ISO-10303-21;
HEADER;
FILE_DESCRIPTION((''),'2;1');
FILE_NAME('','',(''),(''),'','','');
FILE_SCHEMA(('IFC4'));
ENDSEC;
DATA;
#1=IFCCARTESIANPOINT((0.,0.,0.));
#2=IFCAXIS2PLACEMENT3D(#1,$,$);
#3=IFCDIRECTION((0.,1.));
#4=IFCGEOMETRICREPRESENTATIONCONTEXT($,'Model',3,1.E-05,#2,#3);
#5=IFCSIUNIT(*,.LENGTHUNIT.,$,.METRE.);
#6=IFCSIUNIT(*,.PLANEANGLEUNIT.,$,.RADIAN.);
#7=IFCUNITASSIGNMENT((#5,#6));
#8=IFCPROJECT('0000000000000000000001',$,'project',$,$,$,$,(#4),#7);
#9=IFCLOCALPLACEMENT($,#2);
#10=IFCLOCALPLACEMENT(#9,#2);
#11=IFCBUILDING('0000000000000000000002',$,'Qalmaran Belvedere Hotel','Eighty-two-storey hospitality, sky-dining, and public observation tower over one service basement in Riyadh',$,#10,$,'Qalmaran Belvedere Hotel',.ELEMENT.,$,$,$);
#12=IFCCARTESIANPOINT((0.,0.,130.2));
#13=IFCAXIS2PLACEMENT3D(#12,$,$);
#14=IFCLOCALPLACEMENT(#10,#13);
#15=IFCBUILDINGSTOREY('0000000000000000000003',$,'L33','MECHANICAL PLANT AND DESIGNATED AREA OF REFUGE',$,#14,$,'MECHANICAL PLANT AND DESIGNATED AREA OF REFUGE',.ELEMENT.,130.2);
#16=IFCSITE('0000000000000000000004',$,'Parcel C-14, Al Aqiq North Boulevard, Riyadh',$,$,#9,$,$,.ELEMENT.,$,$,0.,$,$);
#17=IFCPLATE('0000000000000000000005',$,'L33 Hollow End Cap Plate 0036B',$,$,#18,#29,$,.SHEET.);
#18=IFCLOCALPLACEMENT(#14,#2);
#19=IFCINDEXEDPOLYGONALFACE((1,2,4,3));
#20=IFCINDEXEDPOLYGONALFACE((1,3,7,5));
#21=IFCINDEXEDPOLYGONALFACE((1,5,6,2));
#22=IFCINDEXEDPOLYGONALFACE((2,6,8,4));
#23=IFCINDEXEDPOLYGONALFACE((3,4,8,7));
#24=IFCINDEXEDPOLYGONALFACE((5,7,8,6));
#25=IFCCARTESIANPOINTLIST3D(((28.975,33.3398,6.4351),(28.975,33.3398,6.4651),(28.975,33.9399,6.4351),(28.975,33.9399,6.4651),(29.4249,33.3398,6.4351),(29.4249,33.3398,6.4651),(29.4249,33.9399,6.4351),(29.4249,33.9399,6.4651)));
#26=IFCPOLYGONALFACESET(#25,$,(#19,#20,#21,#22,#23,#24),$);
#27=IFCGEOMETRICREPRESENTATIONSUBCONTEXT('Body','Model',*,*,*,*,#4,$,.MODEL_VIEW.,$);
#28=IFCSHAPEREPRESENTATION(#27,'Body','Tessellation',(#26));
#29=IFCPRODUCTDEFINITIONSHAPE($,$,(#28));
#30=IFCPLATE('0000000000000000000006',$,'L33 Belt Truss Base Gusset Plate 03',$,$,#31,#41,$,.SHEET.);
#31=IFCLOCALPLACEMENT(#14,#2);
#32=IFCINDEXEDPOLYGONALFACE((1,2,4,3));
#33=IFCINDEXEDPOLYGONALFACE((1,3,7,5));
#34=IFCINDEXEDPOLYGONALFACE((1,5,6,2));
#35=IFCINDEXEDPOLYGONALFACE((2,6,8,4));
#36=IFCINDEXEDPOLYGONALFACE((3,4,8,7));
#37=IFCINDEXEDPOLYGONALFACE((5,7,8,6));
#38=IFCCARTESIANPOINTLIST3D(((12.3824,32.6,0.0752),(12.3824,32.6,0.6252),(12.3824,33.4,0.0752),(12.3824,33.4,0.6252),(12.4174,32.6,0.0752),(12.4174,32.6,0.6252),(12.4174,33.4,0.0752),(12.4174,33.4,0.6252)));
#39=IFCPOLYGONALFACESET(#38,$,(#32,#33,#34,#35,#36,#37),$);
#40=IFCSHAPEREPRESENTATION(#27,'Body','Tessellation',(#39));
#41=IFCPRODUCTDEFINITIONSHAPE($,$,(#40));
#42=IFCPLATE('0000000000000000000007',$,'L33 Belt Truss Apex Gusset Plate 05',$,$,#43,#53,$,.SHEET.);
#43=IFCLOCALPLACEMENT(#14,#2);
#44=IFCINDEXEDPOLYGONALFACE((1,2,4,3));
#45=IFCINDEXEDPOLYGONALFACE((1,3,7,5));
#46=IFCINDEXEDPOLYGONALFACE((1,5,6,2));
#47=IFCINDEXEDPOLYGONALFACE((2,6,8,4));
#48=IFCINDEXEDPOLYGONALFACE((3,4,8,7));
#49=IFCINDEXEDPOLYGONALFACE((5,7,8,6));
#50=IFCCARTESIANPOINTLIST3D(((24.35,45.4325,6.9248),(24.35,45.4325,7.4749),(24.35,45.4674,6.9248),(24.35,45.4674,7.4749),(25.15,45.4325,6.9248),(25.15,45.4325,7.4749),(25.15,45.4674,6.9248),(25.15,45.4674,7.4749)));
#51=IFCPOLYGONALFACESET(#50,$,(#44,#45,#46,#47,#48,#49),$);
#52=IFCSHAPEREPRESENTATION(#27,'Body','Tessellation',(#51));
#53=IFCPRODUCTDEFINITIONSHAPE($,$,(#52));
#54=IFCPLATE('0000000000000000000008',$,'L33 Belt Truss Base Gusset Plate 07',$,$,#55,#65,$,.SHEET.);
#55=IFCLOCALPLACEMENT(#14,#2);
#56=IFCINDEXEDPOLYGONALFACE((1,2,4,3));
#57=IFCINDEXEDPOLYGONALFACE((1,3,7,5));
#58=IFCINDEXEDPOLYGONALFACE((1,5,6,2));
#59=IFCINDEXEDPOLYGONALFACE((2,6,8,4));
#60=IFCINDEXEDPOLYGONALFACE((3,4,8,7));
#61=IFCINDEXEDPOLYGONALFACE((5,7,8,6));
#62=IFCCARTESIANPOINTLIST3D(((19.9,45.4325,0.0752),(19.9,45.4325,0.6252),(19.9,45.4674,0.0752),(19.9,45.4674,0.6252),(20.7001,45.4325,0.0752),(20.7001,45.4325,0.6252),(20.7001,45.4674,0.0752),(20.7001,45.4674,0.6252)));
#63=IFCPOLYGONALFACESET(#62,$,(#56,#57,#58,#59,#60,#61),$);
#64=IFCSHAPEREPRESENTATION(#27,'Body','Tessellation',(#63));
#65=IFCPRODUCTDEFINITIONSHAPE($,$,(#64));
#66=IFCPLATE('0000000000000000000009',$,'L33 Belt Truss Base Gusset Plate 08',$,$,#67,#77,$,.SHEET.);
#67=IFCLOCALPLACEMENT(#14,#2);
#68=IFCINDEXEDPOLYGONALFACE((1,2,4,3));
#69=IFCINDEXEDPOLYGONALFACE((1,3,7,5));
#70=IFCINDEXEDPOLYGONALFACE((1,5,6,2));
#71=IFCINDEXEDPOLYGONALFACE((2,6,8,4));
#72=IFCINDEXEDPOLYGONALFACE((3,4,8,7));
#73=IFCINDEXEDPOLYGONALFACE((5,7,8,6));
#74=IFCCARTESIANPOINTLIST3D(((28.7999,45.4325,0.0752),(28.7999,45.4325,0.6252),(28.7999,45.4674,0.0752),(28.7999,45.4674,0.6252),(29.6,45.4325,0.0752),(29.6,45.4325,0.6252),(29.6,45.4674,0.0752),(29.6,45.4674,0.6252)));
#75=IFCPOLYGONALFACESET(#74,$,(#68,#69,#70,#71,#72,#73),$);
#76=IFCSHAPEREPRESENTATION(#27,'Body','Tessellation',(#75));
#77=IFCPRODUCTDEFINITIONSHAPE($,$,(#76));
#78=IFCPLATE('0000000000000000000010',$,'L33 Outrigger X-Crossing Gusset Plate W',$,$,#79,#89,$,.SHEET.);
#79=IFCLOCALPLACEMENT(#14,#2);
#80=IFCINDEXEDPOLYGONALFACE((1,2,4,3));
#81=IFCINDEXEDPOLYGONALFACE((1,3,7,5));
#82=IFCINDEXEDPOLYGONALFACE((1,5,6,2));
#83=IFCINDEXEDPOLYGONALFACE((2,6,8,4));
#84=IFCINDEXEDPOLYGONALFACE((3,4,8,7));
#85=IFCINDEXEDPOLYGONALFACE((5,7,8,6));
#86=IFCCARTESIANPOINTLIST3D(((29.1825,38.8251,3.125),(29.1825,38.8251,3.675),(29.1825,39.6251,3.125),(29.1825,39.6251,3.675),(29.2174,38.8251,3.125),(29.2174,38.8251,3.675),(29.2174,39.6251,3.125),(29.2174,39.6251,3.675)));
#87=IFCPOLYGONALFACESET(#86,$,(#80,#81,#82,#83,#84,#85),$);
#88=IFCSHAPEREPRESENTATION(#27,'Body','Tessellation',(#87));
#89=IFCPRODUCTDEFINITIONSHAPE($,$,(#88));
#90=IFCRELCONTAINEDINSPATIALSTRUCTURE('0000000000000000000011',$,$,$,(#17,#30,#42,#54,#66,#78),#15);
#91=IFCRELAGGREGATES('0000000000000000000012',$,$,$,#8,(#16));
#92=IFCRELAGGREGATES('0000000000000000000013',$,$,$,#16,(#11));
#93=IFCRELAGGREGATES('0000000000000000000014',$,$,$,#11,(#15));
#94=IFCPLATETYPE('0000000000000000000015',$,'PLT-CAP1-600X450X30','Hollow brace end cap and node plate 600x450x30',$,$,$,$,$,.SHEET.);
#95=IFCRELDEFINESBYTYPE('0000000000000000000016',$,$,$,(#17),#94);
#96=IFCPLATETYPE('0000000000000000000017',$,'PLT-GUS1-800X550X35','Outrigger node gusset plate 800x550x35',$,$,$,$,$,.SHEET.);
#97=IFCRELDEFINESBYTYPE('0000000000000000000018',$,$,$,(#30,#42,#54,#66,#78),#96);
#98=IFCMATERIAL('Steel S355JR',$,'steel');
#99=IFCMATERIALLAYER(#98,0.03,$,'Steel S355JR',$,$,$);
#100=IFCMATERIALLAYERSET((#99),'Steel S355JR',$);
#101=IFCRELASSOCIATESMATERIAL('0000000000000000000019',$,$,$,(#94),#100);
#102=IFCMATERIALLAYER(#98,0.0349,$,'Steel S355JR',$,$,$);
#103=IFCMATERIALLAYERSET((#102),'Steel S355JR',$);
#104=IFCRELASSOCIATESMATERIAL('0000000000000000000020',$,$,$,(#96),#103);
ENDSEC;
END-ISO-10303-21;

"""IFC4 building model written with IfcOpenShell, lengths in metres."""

from ifc_helpers import new_model, si_unit, direction, frame, origin, origin_2d, place, context, subcontext, project, spatial, rectangle, extrude, material, layer, layer_set, type_object, element, save


model = new_model("IFC4")

# Units and contexts
model_context = context("Model", 3, precision=1e-05, world=origin(), true_north=direction((0.0, 1.0)))
body_context = subcontext(model_context, "Body", "Model", "MODEL_VIEW")
ifc_project = project(units=[si_unit("LENGTHUNIT", "METRE"), si_unit("PLANEANGLEUNIT", "RADIAN")], contexts=[model_context])

# Site, building, storey
site_placement = place(None, origin())
site = spatial("IfcSite", under=ifc_project, at=site_placement, Name="Parcel C-14, Al Aqiq North Boulevard, Riyadh", CompositionType="ELEMENT", RefElevation=0.0)
building_placement = place(site_placement, origin())
building = spatial("IfcBuilding", under=site, at=building_placement, Name="Qalmaran Belvedere Hotel", Description="Eighty-two-storey hospitality, sky-dining, and public observation tower over one service basement in Riyadh", LongName="Qalmaran Belvedere Hotel", CompositionType="ELEMENT")
storey_placement = place(building_placement, frame((0.0, 0.0, 130.2)))
storey = spatial("IfcBuildingStorey", under=building, at=storey_placement, Name="L33", Description="MECHANICAL PLANT AND DESIGNATED AREA OF REFUGE", LongName="MECHANICAL PLANT AND DESIGNATED AREA OF REFUGE", CompositionType="ELEMENT", Elevation=130.2)

# Shared definitions
ifc_material_1 = material(Name="Steel S355JR", Category="steel")

# Plates
ifc_layer_1 = layer(ifc_material_1, 0.03, Name="Steel S355JR")
ifc_layer_set_1 = layer_set([ifc_layer_1], Name="Steel S355JR")
plate_type_1 = type_object("IfcPlateType", Name="PLT-CAP1-600X450X30", Description="Hollow brace end cap and node plate 600x450x30", PredefinedType="SHEET", material=ifc_layer_set_1)
for number, where, z_axis, x_axis, name in (
    (1, (29.2, 33.6399, 6.4351), (0.0, 0.0, 1.0), (0.0, -1.0, 0.0), "L33 Hollow End Cap Plate 0036B"),
):
    element("IfcPlate", number, at=place(storey_placement, frame(where, z_axis=z_axis, x_axis=x_axis)), inside=storey, type_object=plate_type_1, Name=name, PredefinedType="SHEET", context=body_context, shape_type="SweptSolid", body=[
        extrude(rectangle(XDim=0.6001, YDim=0.45, at=origin_2d()), origin(), (0.0, 0.0, 1.0), 0.03),
    ])
ifc_layer_2 = layer(ifc_material_1, 0.0349, Name="Steel S355JR")
ifc_layer_set_2 = layer_set([ifc_layer_2], Name="Steel S355JR")
plate_type_2 = type_object("IfcPlateType", Name="PLT-GUS1-800X550X35", Description="Outrigger node gusset plate 800x550x35", PredefinedType="SHEET", material=ifc_layer_set_2)
for number, where, z_axis, x_axis, name in (
    (2, (12.3999, 33.0, 0.0752), (0.0, 0.0, 1.0), (0.0, 1.0, 0.0), "L33 Belt Truss Base Gusset Plate 03"),
    (3, (24.75, 45.45, 6.9248), (0.0, 0.0, 1.0), (1.0, 0.0, 0.0), "L33 Belt Truss Apex Gusset Plate 05"),
    (4, (20.3, 45.45, 0.0752), (0.0, 0.0, 1.0), (1.0, 0.0, 0.0), "L33 Belt Truss Base Gusset Plate 07"),
    (5, (29.2, 45.45, 0.0752), (0.0, 0.0, 1.0), (1.0, 0.0, 0.0), "L33 Belt Truss Base Gusset Plate 08"),
    (6, (29.2, 39.2251, 3.125), (0.0, 0.0, 1.0), (0.0, 1.0, 0.0), "L33 Outrigger X-Crossing Gusset Plate W"),
):
    element("IfcPlate", number, at=place(storey_placement, frame(where, z_axis=z_axis, x_axis=x_axis)), inside=storey, type_object=plate_type_2, Name=name, PredefinedType="SHEET", context=body_context, shape_type="SweptSolid", body=[
        extrude(rectangle(XDim=0.8, YDim=0.0349, at=origin_2d()), origin(), (0.0, 0.0, 1.0), 0.55),
    ])

save(model, "model.ifc")
